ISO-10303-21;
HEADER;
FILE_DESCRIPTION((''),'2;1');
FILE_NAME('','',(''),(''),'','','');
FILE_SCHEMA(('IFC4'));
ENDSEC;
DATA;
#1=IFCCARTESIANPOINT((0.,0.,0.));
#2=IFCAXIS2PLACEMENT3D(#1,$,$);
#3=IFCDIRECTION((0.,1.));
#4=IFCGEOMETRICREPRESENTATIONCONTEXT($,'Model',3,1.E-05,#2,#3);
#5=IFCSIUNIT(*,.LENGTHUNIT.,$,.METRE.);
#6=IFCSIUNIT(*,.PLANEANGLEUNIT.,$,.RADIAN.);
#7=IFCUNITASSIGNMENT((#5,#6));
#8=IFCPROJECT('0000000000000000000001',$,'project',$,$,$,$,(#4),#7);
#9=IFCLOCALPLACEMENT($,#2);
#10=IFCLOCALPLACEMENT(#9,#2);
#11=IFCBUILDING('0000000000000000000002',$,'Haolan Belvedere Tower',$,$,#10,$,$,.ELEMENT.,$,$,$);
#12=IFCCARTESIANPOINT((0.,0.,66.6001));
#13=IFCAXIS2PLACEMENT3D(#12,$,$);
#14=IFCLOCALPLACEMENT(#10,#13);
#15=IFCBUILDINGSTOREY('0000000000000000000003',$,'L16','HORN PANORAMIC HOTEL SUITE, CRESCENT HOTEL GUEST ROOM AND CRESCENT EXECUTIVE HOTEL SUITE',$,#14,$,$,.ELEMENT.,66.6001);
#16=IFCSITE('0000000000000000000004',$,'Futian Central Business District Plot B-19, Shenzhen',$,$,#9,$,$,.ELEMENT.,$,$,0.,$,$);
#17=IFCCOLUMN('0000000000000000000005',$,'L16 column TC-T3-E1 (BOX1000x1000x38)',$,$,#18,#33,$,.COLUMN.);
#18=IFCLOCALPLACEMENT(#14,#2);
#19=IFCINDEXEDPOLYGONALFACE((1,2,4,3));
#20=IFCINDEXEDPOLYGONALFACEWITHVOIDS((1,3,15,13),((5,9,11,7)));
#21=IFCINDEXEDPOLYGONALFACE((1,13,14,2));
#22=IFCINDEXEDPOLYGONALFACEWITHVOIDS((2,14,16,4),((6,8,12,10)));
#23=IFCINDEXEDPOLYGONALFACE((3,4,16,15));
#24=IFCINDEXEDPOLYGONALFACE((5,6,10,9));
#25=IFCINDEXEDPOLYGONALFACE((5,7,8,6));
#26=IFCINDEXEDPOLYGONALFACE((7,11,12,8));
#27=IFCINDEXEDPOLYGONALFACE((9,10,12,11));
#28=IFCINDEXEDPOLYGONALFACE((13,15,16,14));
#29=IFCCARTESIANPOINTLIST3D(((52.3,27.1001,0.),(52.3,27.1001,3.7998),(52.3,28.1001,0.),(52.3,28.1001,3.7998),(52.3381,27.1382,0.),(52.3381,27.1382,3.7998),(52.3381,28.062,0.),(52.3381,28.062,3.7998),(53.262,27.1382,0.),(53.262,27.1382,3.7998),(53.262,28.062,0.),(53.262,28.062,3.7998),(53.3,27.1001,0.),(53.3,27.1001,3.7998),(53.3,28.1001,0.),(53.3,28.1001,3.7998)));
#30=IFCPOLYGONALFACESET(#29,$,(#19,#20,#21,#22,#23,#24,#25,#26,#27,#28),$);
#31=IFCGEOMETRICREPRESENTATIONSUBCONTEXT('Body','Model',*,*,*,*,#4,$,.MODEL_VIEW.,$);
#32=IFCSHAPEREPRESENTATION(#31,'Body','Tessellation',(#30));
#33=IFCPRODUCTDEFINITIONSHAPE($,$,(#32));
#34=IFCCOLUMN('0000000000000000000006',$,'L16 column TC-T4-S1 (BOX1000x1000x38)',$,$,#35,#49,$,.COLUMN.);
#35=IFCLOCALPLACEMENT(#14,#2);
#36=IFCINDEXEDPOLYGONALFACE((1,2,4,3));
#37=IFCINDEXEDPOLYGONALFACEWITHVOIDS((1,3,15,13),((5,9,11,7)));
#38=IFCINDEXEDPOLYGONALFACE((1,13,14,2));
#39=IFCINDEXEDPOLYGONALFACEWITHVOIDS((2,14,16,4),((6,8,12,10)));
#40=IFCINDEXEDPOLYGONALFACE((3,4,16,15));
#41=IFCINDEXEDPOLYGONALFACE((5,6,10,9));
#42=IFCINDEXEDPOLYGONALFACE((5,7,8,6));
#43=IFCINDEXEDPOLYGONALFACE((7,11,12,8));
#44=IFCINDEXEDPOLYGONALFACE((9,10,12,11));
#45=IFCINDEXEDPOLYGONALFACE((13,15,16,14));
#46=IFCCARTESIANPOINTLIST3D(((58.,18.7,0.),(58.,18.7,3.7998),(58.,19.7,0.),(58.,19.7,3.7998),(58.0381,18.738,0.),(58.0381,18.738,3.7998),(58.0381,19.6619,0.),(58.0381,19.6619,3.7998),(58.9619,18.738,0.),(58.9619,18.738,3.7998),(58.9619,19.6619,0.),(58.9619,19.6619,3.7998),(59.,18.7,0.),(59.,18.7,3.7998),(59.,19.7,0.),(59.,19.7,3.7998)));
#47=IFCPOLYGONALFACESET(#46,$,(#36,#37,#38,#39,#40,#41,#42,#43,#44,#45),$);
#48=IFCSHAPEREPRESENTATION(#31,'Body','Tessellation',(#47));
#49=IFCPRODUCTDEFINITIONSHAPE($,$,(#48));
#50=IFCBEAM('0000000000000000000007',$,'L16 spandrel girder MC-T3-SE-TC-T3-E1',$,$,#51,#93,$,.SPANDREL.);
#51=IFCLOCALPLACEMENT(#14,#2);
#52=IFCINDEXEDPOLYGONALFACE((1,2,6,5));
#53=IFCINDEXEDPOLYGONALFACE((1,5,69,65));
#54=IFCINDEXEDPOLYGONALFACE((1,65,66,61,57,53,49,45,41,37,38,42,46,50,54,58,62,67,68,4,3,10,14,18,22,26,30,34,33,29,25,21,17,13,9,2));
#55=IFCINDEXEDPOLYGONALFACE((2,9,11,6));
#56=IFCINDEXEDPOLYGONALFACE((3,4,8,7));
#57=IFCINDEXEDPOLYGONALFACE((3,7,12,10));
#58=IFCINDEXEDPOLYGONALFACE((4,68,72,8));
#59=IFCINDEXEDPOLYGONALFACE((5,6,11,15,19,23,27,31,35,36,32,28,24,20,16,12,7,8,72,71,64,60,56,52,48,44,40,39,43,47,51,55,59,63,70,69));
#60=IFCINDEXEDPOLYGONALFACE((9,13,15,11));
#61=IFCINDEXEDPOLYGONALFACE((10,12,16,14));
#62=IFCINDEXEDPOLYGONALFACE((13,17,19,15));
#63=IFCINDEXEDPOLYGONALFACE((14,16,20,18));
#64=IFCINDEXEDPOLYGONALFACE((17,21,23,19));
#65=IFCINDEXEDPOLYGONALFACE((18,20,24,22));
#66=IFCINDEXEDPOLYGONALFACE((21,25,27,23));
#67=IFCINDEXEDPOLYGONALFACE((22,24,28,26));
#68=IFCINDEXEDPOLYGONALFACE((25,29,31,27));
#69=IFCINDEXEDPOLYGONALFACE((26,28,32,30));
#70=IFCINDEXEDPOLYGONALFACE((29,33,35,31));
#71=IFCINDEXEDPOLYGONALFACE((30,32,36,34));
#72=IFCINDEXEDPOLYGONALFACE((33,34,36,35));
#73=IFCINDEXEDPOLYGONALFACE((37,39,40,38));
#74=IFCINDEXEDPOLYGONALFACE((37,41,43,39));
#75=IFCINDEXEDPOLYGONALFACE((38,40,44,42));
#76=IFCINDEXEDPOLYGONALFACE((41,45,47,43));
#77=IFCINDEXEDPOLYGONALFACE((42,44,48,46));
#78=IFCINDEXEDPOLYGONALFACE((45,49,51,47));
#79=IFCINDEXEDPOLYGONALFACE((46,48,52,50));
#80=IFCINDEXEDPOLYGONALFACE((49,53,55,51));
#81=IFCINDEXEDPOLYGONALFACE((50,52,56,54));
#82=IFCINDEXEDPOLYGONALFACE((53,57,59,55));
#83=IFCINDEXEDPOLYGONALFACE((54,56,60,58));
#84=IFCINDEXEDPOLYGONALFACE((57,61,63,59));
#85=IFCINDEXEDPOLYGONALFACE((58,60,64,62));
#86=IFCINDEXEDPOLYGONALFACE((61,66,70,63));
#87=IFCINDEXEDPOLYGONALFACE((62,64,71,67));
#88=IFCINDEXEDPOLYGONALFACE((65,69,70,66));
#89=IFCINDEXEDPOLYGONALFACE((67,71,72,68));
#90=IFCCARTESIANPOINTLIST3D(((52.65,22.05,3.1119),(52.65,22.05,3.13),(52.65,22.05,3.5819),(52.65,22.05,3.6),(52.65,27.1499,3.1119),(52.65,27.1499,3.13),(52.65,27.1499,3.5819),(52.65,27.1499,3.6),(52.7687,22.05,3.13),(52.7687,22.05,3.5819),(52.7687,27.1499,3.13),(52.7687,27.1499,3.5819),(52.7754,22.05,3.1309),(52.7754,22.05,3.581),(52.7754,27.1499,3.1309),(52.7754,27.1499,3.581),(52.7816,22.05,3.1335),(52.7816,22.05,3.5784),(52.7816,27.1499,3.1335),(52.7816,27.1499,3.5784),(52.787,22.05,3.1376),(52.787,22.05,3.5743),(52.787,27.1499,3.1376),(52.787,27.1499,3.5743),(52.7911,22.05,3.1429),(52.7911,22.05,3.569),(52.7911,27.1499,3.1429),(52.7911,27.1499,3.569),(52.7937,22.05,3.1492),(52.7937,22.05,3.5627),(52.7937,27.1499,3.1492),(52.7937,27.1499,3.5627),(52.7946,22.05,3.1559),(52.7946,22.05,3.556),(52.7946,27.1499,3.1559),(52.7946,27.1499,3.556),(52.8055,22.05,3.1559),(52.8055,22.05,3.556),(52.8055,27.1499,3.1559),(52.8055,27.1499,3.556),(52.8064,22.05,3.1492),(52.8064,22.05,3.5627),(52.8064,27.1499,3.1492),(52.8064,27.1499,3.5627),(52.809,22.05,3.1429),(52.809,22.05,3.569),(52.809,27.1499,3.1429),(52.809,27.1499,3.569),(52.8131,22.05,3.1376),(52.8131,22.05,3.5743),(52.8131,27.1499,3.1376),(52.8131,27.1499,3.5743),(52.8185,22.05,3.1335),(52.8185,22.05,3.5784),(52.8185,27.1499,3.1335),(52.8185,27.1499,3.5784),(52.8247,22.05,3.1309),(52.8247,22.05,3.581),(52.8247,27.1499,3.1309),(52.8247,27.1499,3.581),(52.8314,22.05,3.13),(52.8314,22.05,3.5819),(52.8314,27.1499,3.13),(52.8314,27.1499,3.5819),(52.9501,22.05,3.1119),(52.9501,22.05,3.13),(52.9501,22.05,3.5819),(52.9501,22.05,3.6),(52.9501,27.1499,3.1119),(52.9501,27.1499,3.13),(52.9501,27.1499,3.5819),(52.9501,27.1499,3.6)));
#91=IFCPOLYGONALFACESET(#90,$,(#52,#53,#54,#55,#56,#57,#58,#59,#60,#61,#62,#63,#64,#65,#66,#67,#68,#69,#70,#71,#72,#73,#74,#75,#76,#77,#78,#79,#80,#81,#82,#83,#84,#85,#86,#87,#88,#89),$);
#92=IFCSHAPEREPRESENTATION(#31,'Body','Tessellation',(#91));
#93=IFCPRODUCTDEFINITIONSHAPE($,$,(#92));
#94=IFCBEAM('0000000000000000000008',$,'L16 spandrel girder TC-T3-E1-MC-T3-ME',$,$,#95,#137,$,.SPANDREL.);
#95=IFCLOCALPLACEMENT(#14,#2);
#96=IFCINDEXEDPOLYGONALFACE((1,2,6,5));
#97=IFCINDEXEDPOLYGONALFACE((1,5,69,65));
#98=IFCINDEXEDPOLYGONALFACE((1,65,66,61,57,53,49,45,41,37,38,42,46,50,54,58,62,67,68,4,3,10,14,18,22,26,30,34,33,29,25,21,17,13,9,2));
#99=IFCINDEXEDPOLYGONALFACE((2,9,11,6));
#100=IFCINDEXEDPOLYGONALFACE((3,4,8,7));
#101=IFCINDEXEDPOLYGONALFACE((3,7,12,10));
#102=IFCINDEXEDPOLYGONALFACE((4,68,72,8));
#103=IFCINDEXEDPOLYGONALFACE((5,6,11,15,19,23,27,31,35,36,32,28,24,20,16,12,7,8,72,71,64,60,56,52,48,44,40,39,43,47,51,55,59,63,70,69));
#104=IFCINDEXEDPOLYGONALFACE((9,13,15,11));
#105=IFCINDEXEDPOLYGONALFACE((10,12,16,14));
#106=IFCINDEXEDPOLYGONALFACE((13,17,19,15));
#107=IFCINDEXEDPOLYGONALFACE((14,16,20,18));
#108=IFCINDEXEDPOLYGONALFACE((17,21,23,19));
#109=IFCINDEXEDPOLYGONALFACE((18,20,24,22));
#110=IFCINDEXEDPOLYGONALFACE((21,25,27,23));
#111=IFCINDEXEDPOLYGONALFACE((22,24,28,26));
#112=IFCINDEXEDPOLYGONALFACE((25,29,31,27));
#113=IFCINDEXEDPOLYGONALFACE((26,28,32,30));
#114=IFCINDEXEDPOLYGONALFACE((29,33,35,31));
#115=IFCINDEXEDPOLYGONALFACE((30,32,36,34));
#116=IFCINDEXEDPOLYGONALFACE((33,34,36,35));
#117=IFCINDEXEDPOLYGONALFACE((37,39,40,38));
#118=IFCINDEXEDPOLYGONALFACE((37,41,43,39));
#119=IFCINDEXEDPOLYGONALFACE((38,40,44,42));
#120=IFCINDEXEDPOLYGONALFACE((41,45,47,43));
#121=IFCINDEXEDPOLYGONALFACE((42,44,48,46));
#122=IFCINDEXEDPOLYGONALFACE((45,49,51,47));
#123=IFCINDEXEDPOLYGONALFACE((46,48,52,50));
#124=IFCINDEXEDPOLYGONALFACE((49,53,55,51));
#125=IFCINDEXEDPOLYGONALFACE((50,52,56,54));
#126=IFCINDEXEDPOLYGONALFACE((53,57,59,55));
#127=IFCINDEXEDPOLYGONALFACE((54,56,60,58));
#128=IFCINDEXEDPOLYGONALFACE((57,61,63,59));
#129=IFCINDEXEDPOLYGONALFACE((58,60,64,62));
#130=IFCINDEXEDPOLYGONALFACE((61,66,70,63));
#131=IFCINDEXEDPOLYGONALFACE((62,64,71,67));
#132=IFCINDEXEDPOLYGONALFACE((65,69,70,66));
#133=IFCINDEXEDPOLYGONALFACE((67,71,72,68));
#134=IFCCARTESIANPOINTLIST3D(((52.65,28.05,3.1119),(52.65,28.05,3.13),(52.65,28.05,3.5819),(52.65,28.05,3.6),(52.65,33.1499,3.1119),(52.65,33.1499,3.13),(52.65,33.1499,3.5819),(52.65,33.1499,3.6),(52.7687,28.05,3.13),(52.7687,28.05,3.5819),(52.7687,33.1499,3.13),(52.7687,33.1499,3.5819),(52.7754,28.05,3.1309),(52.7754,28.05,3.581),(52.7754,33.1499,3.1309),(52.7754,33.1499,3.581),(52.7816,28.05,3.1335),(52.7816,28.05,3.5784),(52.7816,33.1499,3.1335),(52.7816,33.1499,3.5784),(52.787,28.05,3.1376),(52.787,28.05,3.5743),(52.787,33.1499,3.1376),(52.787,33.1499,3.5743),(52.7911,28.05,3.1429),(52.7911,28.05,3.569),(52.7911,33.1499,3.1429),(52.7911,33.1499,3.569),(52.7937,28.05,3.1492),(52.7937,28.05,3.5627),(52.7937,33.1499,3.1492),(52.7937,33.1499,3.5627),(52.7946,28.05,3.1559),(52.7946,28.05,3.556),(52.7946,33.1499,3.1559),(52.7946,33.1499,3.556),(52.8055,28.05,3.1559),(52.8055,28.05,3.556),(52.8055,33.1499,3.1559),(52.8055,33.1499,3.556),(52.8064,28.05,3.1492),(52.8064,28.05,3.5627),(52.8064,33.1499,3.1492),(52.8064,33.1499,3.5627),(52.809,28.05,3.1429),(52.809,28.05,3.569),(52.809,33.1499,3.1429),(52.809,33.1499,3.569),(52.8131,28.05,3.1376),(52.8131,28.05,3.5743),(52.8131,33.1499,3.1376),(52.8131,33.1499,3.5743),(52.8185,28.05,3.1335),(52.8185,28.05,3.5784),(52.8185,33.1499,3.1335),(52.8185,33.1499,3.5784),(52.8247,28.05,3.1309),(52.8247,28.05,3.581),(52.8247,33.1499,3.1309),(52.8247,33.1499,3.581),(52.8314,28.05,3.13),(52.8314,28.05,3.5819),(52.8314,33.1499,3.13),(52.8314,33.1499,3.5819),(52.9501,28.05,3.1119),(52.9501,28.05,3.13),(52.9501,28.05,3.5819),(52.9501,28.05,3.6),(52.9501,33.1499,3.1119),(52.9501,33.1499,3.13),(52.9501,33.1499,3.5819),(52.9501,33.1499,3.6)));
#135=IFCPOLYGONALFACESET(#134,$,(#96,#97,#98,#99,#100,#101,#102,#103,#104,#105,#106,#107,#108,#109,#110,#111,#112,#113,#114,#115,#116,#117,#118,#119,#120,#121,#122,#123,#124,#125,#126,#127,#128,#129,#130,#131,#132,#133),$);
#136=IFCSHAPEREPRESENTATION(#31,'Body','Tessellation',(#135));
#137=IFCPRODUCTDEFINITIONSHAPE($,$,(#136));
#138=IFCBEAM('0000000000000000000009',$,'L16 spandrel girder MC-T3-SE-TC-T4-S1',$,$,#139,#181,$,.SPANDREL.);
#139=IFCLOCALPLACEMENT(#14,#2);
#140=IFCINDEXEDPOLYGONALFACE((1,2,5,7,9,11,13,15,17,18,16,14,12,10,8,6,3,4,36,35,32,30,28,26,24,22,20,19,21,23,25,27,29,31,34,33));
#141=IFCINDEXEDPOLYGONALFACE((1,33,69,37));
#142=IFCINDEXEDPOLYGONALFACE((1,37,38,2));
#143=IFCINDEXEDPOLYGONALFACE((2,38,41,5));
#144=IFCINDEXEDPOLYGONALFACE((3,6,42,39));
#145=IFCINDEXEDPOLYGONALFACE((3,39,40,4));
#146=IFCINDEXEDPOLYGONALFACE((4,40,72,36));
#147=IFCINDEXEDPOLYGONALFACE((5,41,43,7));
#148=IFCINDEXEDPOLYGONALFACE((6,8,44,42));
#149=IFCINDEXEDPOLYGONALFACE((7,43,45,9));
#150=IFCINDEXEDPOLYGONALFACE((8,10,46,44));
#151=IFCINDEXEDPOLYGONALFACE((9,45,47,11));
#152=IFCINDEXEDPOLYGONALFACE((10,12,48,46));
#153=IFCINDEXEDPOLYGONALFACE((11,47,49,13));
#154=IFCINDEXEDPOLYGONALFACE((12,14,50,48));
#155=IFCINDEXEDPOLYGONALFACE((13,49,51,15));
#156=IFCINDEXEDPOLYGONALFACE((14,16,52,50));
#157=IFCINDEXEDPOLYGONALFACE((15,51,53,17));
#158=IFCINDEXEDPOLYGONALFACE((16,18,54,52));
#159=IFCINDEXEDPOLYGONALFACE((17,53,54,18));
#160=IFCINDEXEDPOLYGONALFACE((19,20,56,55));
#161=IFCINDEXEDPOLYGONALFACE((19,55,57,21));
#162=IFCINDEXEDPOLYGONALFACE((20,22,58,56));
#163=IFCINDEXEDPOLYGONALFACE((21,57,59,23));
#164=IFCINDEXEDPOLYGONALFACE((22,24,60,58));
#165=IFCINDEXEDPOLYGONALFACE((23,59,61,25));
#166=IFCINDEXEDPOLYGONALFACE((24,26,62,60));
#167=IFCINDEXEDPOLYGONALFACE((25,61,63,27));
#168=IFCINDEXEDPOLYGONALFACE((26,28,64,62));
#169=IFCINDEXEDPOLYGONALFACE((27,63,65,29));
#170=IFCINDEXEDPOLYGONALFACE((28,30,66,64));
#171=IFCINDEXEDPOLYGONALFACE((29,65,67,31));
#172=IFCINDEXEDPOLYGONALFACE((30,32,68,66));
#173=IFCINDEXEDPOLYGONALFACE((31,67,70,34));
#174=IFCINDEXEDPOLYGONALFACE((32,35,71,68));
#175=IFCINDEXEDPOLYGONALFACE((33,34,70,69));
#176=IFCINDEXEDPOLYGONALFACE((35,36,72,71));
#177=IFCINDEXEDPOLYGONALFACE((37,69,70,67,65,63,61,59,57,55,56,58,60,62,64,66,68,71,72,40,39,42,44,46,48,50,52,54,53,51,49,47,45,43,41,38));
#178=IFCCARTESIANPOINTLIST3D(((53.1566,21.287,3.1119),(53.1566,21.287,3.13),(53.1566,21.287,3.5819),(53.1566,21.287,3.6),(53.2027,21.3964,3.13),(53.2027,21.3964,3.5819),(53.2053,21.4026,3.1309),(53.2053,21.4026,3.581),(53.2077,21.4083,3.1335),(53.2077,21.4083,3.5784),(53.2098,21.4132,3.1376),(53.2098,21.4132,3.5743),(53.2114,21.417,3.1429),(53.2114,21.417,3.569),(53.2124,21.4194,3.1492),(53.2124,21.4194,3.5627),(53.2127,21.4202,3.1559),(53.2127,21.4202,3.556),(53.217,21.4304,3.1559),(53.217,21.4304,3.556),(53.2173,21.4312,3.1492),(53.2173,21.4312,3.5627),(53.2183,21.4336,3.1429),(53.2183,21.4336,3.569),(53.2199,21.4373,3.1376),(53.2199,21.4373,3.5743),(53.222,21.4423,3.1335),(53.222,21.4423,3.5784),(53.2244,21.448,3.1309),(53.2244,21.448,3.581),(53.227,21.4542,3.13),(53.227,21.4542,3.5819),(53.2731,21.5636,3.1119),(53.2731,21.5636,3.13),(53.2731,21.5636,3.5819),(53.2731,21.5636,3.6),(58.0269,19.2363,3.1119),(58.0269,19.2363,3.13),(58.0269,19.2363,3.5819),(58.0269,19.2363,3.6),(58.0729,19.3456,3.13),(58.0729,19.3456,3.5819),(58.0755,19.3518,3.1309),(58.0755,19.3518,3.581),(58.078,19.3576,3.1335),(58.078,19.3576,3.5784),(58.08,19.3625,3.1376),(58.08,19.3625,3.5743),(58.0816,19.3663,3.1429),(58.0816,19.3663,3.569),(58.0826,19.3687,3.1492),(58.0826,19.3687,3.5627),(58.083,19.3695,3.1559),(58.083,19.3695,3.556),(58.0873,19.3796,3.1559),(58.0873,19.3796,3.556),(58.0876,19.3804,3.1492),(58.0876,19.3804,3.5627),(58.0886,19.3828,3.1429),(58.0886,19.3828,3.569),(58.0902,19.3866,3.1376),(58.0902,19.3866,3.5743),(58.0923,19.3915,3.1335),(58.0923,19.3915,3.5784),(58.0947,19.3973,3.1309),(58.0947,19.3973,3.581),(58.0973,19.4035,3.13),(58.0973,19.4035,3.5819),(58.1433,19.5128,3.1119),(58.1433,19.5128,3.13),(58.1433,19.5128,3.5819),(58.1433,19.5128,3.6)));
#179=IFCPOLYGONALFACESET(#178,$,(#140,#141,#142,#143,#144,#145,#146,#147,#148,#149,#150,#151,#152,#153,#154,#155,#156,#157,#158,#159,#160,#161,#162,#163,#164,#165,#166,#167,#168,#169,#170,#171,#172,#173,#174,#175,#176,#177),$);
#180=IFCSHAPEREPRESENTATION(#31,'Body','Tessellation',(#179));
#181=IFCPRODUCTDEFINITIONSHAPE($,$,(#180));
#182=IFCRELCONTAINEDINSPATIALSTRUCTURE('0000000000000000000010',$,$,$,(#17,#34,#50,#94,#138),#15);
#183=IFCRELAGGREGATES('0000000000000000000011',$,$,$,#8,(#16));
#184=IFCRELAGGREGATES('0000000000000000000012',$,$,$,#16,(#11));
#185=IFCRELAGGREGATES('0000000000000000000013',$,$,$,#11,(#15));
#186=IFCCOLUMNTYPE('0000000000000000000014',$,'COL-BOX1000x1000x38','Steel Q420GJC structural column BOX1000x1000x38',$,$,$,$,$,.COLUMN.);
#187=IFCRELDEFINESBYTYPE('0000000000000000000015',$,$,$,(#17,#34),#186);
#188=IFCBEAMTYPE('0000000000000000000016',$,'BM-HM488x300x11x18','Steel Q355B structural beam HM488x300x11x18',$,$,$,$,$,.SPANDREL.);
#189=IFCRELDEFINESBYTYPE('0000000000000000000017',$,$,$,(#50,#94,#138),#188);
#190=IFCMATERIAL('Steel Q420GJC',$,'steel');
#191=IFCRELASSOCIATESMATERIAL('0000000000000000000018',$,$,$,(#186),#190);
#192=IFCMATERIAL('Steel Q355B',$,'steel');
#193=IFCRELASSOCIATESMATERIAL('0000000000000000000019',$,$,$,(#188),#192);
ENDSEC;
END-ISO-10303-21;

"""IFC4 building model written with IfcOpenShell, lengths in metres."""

from ifc_helpers import new_model, si_unit, direction, frame, origin, origin_2d, place, context, subcontext, project, spatial, hollow_rectangle, i_section, extrude, material, material_profile, profile_set, type_object, element, save


model = new_model("IFC4")

# Units and contexts
model_context = context("Model", 3, precision=1e-05, world=origin(), true_north=direction((0.0, 1.0)))
body_context = subcontext(model_context, "Body", "Model", "MODEL_VIEW")
ifc_project = project(units=[si_unit("LENGTHUNIT", "METRE"), si_unit("PLANEANGLEUNIT", "RADIAN")], contexts=[model_context])

# Site, building, storey
site_placement = place(None, origin())
site = spatial("IfcSite", under=ifc_project, at=site_placement, Name="Futian Central Business District Plot B-19, Shenzhen", CompositionType="ELEMENT", RefElevation=0.0)
building_placement = place(site_placement, origin())
building = spatial("IfcBuilding", under=site, at=building_placement, Name="Haolan Belvedere Tower", CompositionType="ELEMENT")
storey_placement = place(building_placement, frame((0.0, 0.0, 66.6001)))
storey = spatial("IfcBuildingStorey", under=building, at=storey_placement, Name="L16", Description="HORN PANORAMIC HOTEL SUITE, CRESCENT HOTEL GUEST ROOM AND CRESCENT EXECUTIVE HOTEL SUITE", CompositionType="ELEMENT", Elevation=66.6001)

# Columns
ifc_material_1 = material(Name="Steel Q420GJC", Category="steel")
ifc_material_profile_1 = material_profile(ifc_material_1, hollow_rectangle(XDim=1.0, YDim=1.0, WallThickness=0.0381, at=origin_2d()), Name="Steel Q420GJC")
ifc_profile_set_1 = profile_set([ifc_material_profile_1], Name="Steel Q420GJC")
column_type = type_object("IfcColumnType", Name="COL-BOX1000x1000x38", Description="Steel Q420GJC structural column BOX1000x1000x38", PredefinedType="COLUMN", material=ifc_profile_set_1)
for number, where, z_axis, x_axis, name in (
    (1, (52.8, 27.6001, 0.0), (0.0, 0.0, 1.0), (1.0, 0.0, 0.0), "L16 column TC-T3-E1 (BOX1000x1000x38)"),
    (2, (58.5, 19.2, 0.0), (0.0, 0.0, 1.0), (1.0, 0.0, 0.0), "L16 column TC-T4-S1 (BOX1000x1000x38)"),
):
    element("IfcColumn", number, at=place(storey_placement, frame(where, z_axis=z_axis, x_axis=x_axis)), inside=storey, type_object=column_type, Name=name, PredefinedType="COLUMN", context=body_context, shape_type="SweptSolid", body=[
        extrude(hollow_rectangle(XDim=1.0, YDim=1.0, WallThickness=0.0381, at=origin_2d()), origin(), (0.0, 0.0, 1.0), 3.7998),
    ])

# Beams
ifc_material_2 = material(Name="Steel Q355B", Category="steel")
ifc_material_profile_2 = material_profile(ifc_material_2, i_section(OverallWidth=0.3, OverallDepth=0.488, WebThickness=0.011, FlangeThickness=0.0181, FilletRadius=0.0259, at=origin_2d()), Name="Steel Q355B")
ifc_profile_set_2 = profile_set([ifc_material_profile_2], Name="Steel Q355B")
beam_type_1 = type_object("IfcBeamType", Name="BM-HM488x300x11x18", Description="Steel Q355B structural beam HM488x300x11x18", PredefinedType="SPANDREL", material=ifc_profile_set_2)
for number, where, z_axis, x_axis, name in (
    (3, (52.8, 22.05, 3.356), (0.0, 1.0, 0.0), (-1.0, 0.0, 0.0), "L16 spandrel girder MC-T3-SE-TC-T3-E1"),
    (4, (52.8, 28.05, 3.356), (0.0, 1.0, 0.0), (-1.0, 0.0, 0.0), "L16 spandrel girder TC-T3-E1-MC-T3-ME"),
):
    element("IfcBeam", number, at=place(storey_placement, frame(where, z_axis=z_axis, x_axis=x_axis)), inside=storey, type_object=beam_type_1, Name=name, PredefinedType="SPANDREL", context=body_context, shape_type="SweptSolid", body=[
        extrude(i_section(OverallWidth=0.3, OverallDepth=0.488, WebThickness=0.011, FlangeThickness=0.0181, FilletRadius=0.0259, at=origin_2d()), origin(), (0.0, 0.0, 1.0), 5.0999),
    ])
beam_1_placement = place(storey_placement, frame((53.2148, 21.4253, 3.356), z_axis=(0.921628, -0.388074, 0.0), x_axis=(0.388074, 0.921628, 0.0)))
element("IfcBeam", 5, at=beam_1_placement, inside=storey, type_object=beam_type_1, Name="L16 spandrel girder MC-T3-SE-TC-T4-S1", PredefinedType="SPANDREL", context=body_context, shape_type="SweptSolid", body=[
    extrude(i_section(OverallWidth=0.3, OverallDepth=0.488, WebThickness=0.011, FlangeThickness=0.0181, FilletRadius=0.0259, at=origin_2d()), origin(), (0.0, 0.0, 1.0), 5.2844),
])

save(model, "model.ifc")
